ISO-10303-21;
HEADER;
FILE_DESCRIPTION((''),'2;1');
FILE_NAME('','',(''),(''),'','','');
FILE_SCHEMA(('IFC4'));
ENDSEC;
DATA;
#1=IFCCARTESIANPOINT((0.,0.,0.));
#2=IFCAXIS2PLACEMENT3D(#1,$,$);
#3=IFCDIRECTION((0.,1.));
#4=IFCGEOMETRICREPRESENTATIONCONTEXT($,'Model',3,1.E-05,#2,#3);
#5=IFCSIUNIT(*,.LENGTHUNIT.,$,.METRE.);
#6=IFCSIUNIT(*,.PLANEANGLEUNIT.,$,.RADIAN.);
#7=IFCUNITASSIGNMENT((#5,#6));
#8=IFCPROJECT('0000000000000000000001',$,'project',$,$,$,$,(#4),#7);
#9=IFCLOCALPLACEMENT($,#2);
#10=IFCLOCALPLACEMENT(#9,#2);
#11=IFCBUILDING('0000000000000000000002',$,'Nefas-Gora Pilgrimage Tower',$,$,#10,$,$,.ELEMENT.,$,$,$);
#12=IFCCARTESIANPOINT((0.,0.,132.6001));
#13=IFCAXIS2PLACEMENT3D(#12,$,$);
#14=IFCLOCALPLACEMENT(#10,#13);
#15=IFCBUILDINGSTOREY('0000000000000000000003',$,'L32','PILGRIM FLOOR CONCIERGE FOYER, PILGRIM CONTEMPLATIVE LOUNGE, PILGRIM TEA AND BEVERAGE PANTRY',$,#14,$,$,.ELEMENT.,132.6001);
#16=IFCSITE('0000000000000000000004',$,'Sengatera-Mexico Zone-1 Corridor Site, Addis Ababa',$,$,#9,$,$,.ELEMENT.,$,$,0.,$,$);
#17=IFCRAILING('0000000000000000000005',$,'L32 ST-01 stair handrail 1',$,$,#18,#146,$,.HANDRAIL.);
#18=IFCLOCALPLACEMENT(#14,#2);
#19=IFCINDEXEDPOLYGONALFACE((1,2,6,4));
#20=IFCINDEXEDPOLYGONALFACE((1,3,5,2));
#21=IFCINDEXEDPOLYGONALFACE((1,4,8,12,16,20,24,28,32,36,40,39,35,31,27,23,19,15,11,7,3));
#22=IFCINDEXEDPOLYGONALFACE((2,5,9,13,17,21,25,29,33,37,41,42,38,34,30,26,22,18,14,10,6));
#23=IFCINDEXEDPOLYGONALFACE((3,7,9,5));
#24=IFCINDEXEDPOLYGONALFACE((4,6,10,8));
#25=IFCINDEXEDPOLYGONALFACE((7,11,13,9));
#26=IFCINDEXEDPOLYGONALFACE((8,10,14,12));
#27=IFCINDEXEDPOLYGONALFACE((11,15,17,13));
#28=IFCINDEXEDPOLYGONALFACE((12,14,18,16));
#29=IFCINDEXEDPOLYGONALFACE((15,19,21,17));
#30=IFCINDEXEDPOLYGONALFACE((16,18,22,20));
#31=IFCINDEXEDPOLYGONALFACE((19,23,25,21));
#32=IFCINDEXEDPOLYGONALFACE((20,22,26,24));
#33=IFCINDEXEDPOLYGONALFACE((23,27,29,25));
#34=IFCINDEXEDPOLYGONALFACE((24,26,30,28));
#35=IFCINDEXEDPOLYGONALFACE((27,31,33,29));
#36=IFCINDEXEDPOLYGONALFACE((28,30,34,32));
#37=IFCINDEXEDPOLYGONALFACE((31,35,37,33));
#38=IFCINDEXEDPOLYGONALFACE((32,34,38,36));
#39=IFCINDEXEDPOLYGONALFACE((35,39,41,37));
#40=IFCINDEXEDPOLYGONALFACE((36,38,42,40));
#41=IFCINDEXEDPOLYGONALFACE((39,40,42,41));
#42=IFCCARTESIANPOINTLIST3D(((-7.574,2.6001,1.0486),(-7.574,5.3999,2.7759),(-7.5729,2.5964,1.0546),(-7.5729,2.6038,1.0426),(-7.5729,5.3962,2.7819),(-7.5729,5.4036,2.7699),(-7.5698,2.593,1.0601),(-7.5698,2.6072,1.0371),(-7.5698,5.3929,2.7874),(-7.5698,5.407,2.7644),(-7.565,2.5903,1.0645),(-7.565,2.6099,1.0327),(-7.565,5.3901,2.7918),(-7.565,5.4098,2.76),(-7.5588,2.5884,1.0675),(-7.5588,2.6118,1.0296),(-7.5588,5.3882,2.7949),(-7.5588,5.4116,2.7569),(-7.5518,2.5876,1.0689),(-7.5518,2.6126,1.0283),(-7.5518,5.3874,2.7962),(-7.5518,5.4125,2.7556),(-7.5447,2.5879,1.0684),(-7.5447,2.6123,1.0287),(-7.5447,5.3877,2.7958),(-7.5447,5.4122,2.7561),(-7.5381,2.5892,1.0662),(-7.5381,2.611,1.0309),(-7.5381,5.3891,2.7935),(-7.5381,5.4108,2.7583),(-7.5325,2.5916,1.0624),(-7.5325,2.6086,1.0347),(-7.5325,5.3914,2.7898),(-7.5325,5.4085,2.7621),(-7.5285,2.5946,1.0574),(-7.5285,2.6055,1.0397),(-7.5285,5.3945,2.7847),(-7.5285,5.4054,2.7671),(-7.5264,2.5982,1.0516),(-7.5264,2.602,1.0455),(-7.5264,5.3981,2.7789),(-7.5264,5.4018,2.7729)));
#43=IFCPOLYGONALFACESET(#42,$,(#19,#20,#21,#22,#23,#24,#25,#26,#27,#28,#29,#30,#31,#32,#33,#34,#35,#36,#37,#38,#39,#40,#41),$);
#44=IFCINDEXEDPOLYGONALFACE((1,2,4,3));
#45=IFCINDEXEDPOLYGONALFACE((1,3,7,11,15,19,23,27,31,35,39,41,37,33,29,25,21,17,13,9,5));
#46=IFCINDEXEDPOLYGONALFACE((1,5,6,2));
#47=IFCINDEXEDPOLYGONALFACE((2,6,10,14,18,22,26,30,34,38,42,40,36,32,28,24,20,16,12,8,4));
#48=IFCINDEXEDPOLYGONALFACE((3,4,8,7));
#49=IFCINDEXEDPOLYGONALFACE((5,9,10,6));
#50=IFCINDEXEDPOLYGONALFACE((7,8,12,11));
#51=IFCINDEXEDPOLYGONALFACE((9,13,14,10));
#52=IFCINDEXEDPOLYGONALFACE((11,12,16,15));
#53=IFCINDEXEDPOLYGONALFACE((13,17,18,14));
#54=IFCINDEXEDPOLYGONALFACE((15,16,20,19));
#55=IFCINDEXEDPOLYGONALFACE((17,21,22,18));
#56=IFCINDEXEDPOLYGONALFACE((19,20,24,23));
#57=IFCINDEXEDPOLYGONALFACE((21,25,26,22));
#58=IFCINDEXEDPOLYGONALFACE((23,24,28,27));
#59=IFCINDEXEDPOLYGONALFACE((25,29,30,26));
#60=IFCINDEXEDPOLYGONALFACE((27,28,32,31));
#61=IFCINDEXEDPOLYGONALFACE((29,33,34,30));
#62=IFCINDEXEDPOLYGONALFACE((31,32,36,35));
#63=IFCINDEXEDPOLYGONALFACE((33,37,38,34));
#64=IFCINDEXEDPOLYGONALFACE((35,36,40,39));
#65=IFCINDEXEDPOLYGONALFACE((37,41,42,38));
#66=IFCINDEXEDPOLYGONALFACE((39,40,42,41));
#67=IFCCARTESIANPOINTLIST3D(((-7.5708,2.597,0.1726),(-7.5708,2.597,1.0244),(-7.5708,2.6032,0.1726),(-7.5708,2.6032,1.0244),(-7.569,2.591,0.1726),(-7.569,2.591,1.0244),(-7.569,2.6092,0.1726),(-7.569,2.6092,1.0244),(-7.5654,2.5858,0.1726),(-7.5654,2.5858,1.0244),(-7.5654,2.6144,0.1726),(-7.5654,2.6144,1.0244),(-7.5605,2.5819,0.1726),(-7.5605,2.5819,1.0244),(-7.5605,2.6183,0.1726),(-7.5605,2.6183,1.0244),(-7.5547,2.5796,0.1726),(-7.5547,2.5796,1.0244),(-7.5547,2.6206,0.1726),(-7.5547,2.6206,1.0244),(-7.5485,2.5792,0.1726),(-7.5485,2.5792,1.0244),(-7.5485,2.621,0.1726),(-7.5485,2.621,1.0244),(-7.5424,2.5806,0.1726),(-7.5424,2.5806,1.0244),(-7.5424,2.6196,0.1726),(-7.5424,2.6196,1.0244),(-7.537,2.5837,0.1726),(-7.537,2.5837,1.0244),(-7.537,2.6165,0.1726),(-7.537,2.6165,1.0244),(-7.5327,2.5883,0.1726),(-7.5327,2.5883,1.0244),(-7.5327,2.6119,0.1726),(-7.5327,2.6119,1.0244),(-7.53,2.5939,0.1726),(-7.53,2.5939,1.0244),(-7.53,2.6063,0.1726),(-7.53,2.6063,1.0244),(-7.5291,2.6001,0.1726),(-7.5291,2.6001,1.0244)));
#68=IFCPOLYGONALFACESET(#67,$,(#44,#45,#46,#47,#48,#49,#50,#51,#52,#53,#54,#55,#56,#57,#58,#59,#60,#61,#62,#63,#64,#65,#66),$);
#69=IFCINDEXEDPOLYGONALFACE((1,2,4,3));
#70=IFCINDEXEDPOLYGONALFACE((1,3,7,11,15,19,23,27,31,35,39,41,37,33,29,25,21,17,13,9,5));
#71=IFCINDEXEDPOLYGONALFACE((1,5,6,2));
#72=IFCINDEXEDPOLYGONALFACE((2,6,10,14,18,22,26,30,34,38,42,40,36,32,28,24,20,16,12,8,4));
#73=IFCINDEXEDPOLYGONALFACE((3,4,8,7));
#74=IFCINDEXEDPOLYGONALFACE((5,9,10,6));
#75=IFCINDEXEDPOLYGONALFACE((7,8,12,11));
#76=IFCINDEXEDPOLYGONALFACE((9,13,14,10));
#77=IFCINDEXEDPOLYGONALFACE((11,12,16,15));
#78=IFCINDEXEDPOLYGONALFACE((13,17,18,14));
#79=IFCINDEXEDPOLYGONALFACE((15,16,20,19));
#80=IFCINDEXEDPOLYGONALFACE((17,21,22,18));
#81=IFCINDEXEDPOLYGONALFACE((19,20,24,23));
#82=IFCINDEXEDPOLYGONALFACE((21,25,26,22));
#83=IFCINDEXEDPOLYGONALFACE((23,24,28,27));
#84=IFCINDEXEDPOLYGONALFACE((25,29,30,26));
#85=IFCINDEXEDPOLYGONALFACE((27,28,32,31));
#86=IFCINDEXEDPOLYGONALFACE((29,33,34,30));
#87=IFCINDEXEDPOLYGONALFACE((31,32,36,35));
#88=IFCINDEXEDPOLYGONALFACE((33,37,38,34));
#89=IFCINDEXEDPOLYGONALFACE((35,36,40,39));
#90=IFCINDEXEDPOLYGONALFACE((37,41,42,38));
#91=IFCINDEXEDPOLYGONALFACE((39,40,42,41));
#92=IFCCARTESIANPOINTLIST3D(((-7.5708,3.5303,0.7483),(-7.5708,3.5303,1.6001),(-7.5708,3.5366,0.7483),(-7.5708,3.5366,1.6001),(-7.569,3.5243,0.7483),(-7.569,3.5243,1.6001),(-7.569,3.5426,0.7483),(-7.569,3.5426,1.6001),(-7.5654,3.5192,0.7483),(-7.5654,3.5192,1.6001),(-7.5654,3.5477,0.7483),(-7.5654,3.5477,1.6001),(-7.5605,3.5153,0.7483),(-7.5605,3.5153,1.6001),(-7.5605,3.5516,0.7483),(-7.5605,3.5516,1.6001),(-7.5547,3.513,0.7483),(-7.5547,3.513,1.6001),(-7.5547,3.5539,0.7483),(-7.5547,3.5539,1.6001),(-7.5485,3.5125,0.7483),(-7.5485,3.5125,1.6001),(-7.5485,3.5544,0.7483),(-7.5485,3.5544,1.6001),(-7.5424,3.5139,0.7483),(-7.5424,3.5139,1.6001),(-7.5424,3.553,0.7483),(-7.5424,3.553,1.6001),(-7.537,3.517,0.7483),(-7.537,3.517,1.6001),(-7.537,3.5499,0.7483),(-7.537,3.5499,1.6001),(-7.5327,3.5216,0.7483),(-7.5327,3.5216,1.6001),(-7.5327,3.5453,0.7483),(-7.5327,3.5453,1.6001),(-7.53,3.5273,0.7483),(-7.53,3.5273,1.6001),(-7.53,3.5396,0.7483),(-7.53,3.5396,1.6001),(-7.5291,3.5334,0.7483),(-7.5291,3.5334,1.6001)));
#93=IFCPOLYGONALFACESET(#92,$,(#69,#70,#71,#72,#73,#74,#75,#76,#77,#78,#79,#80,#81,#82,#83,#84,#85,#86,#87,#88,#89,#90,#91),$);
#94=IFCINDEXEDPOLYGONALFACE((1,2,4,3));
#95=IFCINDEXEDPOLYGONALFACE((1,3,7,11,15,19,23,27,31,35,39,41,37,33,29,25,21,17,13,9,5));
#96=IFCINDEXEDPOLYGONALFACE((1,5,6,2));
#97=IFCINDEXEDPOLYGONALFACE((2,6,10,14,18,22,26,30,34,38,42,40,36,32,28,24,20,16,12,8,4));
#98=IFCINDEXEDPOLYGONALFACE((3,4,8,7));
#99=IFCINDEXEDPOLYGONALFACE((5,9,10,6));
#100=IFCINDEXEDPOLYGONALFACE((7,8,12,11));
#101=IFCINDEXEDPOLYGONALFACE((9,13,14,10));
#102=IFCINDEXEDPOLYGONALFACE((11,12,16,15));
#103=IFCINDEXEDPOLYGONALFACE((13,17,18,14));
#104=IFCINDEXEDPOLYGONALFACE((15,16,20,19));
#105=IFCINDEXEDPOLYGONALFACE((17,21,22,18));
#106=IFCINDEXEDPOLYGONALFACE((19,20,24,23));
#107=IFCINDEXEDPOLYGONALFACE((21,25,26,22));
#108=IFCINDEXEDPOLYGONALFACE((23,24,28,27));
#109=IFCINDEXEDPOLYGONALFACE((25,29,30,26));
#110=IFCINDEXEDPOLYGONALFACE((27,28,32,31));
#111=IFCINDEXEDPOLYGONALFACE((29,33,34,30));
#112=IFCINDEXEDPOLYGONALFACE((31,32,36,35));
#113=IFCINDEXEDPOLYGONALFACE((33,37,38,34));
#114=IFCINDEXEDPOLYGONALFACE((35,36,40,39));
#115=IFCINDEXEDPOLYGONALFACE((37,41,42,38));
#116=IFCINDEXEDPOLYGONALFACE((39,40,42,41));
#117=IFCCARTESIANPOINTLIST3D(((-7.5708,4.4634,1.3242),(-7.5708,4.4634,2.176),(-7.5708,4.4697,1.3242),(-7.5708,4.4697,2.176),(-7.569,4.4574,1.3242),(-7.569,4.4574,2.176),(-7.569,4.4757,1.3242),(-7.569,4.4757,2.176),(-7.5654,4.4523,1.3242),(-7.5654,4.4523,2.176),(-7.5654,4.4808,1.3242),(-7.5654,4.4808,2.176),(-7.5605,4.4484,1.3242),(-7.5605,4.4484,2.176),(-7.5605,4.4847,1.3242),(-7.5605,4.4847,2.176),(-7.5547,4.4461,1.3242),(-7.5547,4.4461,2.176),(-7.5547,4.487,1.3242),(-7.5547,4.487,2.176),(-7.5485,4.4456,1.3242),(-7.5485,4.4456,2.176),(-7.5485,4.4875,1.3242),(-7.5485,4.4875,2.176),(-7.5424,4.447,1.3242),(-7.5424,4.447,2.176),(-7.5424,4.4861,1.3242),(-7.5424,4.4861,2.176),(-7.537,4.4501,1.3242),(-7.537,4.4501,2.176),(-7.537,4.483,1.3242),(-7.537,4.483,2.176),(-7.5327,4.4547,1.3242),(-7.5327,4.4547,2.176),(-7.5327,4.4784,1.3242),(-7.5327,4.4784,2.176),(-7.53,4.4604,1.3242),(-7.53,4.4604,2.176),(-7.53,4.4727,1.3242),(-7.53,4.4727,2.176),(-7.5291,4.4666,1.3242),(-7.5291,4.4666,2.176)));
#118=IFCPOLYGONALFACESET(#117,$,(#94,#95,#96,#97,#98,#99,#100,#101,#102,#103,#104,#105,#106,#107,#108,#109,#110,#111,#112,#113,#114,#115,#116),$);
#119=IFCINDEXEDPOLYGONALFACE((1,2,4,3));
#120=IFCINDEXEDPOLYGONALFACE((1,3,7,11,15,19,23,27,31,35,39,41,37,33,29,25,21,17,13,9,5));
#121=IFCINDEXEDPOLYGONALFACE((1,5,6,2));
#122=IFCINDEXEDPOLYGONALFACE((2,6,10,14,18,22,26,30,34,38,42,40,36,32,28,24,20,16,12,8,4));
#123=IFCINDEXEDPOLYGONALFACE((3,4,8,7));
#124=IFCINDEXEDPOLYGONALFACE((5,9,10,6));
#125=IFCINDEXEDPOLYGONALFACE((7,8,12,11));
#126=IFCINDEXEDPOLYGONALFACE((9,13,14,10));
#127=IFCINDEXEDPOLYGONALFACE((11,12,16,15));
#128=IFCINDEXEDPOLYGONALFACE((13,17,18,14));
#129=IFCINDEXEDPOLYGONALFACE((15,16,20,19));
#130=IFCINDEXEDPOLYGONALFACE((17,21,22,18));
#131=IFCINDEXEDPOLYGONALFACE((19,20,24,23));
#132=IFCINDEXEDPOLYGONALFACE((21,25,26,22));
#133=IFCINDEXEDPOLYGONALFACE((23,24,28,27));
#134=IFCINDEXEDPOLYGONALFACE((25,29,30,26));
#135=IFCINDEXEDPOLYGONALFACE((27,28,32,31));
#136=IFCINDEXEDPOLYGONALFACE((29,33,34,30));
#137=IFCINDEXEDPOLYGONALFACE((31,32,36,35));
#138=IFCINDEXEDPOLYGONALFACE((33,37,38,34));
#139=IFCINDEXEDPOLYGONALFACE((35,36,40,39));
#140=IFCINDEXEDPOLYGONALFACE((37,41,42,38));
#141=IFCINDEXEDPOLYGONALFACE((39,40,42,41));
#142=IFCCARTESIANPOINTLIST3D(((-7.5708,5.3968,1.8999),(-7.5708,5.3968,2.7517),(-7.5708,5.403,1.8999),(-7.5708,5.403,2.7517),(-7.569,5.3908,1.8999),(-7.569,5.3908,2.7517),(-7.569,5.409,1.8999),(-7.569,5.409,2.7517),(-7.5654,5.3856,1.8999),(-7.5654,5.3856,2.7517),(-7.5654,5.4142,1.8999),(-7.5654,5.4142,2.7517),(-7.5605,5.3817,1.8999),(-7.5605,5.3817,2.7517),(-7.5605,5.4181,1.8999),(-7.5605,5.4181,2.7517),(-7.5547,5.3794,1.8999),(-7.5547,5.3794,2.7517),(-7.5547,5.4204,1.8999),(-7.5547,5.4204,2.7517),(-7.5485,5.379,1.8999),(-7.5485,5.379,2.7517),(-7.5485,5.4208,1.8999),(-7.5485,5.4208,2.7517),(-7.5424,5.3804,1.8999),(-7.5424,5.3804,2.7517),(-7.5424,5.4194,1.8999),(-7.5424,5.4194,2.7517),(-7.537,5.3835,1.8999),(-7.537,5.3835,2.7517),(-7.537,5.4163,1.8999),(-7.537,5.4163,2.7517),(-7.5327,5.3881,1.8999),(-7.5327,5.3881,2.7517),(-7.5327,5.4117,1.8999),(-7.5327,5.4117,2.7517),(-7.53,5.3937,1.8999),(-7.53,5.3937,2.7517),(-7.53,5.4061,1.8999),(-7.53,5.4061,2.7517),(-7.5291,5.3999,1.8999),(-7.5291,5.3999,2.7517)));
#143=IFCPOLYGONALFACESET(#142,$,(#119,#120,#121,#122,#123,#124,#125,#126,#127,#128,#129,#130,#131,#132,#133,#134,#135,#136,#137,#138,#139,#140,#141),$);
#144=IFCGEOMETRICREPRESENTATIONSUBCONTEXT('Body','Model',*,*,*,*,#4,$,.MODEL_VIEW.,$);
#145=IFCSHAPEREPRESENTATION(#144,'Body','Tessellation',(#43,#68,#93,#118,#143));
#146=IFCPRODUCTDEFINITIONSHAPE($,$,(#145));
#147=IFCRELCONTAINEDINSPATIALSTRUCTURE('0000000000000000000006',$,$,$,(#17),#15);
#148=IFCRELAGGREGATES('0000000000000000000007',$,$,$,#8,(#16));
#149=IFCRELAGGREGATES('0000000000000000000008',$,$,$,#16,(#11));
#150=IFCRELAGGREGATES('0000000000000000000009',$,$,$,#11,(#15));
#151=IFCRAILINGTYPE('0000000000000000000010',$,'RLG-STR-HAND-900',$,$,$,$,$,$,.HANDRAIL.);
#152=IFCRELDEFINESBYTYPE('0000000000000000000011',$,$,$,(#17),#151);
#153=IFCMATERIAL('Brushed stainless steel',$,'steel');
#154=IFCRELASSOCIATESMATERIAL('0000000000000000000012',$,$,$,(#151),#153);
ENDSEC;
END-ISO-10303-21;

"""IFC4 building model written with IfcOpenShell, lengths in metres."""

from ifc_helpers import new_model, si_unit, direction, frame, origin, origin_2d, place, context, subcontext, project, spatial, circle, extrude, material, type_object, element, save


model = new_model("IFC4")

# Units and contexts
model_context = context("Model", 3, precision=1e-05, world=origin(), true_north=direction((0.0, 1.0)))
body_context = subcontext(model_context, "Body", "Model", "MODEL_VIEW")
ifc_project = project(units=[si_unit("LENGTHUNIT", "METRE"), si_unit("PLANEANGLEUNIT", "RADIAN")], contexts=[model_context])

# Site, building, storey
site_placement = place(None, origin())
site = spatial("IfcSite", under=ifc_project, at=site_placement, Name="Sengatera-Mexico Zone-1 Corridor Site, Addis Ababa", CompositionType="ELEMENT", RefElevation=0.0)
building_placement = place(site_placement, origin())
building = spatial("IfcBuilding", under=site, at=building_placement, Name="Nefas-Gora Pilgrimage Tower", CompositionType="ELEMENT")
storey_placement = place(building_placement, frame((0.0, 0.0, 132.6001)))
storey = spatial("IfcBuildingStorey", under=building, at=storey_placement, Name="L32", Description="PILGRIM FLOOR CONCIERGE FOYER, PILGRIM CONTEMPLATIVE LOUNGE, PILGRIM TEA AND BEVERAGE PANTRY", CompositionType="ELEMENT", Elevation=132.6001)

# Railing
ifc_material_1 = material(Name="Brushed stainless steel", Category="steel")
railing_type_1 = type_object("IfcRailingType", Name="RLG-STR-HAND-900", PredefinedType="HANDRAIL", material=ifc_material_1)
railing_1_placement = place(storey_placement, frame((-7.55, 2.6001, 0.1726)))
element("IfcRailing", 1, at=railing_1_placement, inside=storey, type_object=railing_type_1, Name="L32 ST-01 stair handrail 1", PredefinedType="HANDRAIL", context=body_context, shape_type="SweptSolid", body=[
    extrude(circle(Radius=0.0239, at=origin_2d()), frame((0.0, 0.0, 0.876), z_axis=(0.0, 0.851069, 0.525054), x_axis=(-1.0, 0.0, 0.0)), (0.0, 0.0, 1.0), 3.2898),
    extrude(circle(Radius=0.021, at=origin_2d()), origin(), (0.0, 0.0, 1.0), 0.8518),
    extrude(circle(Radius=0.021, at=origin_2d()), frame((0.0, 0.9333, 0.5757)), (0.0, 0.0, 1.0), 0.8518),
    extrude(circle(Radius=0.021, at=origin_2d()), frame((0.0, 1.8665, 1.1516)), (0.0, 0.0, 1.0), 0.8518),
    extrude(circle(Radius=0.021, at=origin_2d()), frame((0.0, 2.7998, 1.7273)), (0.0, 0.0, 1.0), 0.8518),
])

save(model, "model.ifc")
